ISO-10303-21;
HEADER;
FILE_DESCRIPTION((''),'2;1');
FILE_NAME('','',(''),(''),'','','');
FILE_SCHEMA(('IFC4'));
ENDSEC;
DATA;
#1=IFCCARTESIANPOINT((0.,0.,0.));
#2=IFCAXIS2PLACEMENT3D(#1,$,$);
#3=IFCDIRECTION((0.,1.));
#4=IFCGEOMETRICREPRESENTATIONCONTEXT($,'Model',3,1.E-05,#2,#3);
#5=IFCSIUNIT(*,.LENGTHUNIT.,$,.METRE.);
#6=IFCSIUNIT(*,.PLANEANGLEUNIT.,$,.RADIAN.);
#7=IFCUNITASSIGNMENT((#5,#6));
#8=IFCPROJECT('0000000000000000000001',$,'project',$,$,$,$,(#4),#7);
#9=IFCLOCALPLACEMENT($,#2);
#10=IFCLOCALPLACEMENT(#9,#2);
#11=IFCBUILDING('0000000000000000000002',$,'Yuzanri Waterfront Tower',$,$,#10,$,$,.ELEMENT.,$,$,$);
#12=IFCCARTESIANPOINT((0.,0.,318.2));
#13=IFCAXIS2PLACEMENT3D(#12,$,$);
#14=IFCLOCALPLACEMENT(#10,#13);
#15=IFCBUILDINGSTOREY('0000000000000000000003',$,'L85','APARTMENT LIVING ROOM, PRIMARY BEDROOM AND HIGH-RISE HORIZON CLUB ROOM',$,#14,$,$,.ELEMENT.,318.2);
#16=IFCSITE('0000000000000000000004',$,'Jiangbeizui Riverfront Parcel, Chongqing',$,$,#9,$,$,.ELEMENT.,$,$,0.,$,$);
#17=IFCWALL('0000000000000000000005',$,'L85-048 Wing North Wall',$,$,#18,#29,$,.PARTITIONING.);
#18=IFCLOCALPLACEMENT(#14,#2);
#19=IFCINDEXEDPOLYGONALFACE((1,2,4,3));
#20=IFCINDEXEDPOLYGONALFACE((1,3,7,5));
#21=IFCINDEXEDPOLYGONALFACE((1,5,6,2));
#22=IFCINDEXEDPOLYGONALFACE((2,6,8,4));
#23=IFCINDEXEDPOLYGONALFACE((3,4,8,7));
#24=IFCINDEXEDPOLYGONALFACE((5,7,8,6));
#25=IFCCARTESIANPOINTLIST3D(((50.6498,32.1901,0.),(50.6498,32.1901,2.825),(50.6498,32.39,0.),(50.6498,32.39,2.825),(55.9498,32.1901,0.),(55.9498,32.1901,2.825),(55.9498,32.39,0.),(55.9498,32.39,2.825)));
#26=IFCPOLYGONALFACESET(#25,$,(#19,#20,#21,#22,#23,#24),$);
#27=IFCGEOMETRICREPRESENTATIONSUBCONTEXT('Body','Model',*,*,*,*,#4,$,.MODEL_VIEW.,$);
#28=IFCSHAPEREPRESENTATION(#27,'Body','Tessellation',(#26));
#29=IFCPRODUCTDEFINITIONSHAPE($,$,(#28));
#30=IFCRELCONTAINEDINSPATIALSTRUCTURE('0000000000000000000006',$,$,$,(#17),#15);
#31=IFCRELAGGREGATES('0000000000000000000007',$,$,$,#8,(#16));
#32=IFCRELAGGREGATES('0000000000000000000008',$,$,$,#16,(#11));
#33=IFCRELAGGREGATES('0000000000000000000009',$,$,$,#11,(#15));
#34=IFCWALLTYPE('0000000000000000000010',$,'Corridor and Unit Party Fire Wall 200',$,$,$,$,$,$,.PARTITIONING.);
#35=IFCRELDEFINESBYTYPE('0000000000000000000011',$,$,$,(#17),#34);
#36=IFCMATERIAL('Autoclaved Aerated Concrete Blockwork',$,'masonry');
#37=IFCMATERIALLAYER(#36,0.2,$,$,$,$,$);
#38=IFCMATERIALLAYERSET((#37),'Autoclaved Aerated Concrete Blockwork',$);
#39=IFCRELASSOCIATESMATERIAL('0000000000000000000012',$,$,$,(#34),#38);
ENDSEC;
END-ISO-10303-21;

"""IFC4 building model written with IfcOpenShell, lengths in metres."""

from ifc_helpers import new_model, si_unit, direction, frame, frame_2d, origin, place, context, subcontext, project, spatial, rectangle, extrude, source, transform, mapped, material, layer, layer_set, type_object, element, save


model = new_model("IFC4")

# Units and contexts
model_context = context("Model", 3, precision=1e-05, world=origin(), true_north=direction((0.0, 1.0)))
body_context = subcontext(model_context, "Body", "Model", "MODEL_VIEW")
ifc_project = project(units=[si_unit("LENGTHUNIT", "METRE"), si_unit("PLANEANGLEUNIT", "RADIAN")], contexts=[model_context])

# Site, building, storey
site_placement = place(None, origin())
site = spatial("IfcSite", under=ifc_project, at=site_placement, Name="Jiangbeizui Riverfront Parcel, Chongqing", CompositionType="ELEMENT", RefElevation=0.0)
building_placement = place(site_placement, origin())
building = spatial("IfcBuilding", under=site, at=building_placement, Name="Yuzanri Waterfront Tower", CompositionType="ELEMENT")
storey_placement = place(building_placement, frame((0.0, 0.0, 318.2)))
storey = spatial("IfcBuildingStorey", under=building, at=storey_placement, Name="L85", Description="APARTMENT LIVING ROOM, PRIMARY BEDROOM AND HIGH-RISE HORIZON CLUB ROOM", CompositionType="ELEMENT", Elevation=318.2)

# Wall
ifc_material_1 = material(Name="Autoclaved Aerated Concrete Blockwork", Category="masonry")
ifc_layer_1 = layer(ifc_material_1, 0.2)
ifc_layer_set_1 = layer_set([ifc_layer_1], Name="Autoclaved Aerated Concrete Blockwork")
wall_type = type_object("IfcWallType", Name="Corridor and Unit Party Fire Wall 200", PredefinedType="PARTITIONING", material=ifc_layer_set_1)
shared_shape_1 = source(origin(), body_context, "Body", "SweptSolid", [
    extrude(rectangle(XDim=5.3, YDim=0.2, at=frame_2d((2.6499, 0.0))), origin(), (0.0, 0.0, 1.0), 2.825),
])
wall_placement = place(storey_placement, frame((50.6499, 32.29, 0.0), z_axis=(0.0, 0.0, 1.0), x_axis=(1.0, 0.0, 0.0)))
element("IfcWall", 1, at=wall_placement, inside=storey, type_object=wall_type, Name="L85-048 Wing North Wall", PredefinedType="PARTITIONING", context=body_context, shape_type="MappedRepresentation", body=[
    mapped(shared_shape_1, transform((0.0, 0.0, 0.0), scale=1.0)),
])

save(model, "model.ifc")
